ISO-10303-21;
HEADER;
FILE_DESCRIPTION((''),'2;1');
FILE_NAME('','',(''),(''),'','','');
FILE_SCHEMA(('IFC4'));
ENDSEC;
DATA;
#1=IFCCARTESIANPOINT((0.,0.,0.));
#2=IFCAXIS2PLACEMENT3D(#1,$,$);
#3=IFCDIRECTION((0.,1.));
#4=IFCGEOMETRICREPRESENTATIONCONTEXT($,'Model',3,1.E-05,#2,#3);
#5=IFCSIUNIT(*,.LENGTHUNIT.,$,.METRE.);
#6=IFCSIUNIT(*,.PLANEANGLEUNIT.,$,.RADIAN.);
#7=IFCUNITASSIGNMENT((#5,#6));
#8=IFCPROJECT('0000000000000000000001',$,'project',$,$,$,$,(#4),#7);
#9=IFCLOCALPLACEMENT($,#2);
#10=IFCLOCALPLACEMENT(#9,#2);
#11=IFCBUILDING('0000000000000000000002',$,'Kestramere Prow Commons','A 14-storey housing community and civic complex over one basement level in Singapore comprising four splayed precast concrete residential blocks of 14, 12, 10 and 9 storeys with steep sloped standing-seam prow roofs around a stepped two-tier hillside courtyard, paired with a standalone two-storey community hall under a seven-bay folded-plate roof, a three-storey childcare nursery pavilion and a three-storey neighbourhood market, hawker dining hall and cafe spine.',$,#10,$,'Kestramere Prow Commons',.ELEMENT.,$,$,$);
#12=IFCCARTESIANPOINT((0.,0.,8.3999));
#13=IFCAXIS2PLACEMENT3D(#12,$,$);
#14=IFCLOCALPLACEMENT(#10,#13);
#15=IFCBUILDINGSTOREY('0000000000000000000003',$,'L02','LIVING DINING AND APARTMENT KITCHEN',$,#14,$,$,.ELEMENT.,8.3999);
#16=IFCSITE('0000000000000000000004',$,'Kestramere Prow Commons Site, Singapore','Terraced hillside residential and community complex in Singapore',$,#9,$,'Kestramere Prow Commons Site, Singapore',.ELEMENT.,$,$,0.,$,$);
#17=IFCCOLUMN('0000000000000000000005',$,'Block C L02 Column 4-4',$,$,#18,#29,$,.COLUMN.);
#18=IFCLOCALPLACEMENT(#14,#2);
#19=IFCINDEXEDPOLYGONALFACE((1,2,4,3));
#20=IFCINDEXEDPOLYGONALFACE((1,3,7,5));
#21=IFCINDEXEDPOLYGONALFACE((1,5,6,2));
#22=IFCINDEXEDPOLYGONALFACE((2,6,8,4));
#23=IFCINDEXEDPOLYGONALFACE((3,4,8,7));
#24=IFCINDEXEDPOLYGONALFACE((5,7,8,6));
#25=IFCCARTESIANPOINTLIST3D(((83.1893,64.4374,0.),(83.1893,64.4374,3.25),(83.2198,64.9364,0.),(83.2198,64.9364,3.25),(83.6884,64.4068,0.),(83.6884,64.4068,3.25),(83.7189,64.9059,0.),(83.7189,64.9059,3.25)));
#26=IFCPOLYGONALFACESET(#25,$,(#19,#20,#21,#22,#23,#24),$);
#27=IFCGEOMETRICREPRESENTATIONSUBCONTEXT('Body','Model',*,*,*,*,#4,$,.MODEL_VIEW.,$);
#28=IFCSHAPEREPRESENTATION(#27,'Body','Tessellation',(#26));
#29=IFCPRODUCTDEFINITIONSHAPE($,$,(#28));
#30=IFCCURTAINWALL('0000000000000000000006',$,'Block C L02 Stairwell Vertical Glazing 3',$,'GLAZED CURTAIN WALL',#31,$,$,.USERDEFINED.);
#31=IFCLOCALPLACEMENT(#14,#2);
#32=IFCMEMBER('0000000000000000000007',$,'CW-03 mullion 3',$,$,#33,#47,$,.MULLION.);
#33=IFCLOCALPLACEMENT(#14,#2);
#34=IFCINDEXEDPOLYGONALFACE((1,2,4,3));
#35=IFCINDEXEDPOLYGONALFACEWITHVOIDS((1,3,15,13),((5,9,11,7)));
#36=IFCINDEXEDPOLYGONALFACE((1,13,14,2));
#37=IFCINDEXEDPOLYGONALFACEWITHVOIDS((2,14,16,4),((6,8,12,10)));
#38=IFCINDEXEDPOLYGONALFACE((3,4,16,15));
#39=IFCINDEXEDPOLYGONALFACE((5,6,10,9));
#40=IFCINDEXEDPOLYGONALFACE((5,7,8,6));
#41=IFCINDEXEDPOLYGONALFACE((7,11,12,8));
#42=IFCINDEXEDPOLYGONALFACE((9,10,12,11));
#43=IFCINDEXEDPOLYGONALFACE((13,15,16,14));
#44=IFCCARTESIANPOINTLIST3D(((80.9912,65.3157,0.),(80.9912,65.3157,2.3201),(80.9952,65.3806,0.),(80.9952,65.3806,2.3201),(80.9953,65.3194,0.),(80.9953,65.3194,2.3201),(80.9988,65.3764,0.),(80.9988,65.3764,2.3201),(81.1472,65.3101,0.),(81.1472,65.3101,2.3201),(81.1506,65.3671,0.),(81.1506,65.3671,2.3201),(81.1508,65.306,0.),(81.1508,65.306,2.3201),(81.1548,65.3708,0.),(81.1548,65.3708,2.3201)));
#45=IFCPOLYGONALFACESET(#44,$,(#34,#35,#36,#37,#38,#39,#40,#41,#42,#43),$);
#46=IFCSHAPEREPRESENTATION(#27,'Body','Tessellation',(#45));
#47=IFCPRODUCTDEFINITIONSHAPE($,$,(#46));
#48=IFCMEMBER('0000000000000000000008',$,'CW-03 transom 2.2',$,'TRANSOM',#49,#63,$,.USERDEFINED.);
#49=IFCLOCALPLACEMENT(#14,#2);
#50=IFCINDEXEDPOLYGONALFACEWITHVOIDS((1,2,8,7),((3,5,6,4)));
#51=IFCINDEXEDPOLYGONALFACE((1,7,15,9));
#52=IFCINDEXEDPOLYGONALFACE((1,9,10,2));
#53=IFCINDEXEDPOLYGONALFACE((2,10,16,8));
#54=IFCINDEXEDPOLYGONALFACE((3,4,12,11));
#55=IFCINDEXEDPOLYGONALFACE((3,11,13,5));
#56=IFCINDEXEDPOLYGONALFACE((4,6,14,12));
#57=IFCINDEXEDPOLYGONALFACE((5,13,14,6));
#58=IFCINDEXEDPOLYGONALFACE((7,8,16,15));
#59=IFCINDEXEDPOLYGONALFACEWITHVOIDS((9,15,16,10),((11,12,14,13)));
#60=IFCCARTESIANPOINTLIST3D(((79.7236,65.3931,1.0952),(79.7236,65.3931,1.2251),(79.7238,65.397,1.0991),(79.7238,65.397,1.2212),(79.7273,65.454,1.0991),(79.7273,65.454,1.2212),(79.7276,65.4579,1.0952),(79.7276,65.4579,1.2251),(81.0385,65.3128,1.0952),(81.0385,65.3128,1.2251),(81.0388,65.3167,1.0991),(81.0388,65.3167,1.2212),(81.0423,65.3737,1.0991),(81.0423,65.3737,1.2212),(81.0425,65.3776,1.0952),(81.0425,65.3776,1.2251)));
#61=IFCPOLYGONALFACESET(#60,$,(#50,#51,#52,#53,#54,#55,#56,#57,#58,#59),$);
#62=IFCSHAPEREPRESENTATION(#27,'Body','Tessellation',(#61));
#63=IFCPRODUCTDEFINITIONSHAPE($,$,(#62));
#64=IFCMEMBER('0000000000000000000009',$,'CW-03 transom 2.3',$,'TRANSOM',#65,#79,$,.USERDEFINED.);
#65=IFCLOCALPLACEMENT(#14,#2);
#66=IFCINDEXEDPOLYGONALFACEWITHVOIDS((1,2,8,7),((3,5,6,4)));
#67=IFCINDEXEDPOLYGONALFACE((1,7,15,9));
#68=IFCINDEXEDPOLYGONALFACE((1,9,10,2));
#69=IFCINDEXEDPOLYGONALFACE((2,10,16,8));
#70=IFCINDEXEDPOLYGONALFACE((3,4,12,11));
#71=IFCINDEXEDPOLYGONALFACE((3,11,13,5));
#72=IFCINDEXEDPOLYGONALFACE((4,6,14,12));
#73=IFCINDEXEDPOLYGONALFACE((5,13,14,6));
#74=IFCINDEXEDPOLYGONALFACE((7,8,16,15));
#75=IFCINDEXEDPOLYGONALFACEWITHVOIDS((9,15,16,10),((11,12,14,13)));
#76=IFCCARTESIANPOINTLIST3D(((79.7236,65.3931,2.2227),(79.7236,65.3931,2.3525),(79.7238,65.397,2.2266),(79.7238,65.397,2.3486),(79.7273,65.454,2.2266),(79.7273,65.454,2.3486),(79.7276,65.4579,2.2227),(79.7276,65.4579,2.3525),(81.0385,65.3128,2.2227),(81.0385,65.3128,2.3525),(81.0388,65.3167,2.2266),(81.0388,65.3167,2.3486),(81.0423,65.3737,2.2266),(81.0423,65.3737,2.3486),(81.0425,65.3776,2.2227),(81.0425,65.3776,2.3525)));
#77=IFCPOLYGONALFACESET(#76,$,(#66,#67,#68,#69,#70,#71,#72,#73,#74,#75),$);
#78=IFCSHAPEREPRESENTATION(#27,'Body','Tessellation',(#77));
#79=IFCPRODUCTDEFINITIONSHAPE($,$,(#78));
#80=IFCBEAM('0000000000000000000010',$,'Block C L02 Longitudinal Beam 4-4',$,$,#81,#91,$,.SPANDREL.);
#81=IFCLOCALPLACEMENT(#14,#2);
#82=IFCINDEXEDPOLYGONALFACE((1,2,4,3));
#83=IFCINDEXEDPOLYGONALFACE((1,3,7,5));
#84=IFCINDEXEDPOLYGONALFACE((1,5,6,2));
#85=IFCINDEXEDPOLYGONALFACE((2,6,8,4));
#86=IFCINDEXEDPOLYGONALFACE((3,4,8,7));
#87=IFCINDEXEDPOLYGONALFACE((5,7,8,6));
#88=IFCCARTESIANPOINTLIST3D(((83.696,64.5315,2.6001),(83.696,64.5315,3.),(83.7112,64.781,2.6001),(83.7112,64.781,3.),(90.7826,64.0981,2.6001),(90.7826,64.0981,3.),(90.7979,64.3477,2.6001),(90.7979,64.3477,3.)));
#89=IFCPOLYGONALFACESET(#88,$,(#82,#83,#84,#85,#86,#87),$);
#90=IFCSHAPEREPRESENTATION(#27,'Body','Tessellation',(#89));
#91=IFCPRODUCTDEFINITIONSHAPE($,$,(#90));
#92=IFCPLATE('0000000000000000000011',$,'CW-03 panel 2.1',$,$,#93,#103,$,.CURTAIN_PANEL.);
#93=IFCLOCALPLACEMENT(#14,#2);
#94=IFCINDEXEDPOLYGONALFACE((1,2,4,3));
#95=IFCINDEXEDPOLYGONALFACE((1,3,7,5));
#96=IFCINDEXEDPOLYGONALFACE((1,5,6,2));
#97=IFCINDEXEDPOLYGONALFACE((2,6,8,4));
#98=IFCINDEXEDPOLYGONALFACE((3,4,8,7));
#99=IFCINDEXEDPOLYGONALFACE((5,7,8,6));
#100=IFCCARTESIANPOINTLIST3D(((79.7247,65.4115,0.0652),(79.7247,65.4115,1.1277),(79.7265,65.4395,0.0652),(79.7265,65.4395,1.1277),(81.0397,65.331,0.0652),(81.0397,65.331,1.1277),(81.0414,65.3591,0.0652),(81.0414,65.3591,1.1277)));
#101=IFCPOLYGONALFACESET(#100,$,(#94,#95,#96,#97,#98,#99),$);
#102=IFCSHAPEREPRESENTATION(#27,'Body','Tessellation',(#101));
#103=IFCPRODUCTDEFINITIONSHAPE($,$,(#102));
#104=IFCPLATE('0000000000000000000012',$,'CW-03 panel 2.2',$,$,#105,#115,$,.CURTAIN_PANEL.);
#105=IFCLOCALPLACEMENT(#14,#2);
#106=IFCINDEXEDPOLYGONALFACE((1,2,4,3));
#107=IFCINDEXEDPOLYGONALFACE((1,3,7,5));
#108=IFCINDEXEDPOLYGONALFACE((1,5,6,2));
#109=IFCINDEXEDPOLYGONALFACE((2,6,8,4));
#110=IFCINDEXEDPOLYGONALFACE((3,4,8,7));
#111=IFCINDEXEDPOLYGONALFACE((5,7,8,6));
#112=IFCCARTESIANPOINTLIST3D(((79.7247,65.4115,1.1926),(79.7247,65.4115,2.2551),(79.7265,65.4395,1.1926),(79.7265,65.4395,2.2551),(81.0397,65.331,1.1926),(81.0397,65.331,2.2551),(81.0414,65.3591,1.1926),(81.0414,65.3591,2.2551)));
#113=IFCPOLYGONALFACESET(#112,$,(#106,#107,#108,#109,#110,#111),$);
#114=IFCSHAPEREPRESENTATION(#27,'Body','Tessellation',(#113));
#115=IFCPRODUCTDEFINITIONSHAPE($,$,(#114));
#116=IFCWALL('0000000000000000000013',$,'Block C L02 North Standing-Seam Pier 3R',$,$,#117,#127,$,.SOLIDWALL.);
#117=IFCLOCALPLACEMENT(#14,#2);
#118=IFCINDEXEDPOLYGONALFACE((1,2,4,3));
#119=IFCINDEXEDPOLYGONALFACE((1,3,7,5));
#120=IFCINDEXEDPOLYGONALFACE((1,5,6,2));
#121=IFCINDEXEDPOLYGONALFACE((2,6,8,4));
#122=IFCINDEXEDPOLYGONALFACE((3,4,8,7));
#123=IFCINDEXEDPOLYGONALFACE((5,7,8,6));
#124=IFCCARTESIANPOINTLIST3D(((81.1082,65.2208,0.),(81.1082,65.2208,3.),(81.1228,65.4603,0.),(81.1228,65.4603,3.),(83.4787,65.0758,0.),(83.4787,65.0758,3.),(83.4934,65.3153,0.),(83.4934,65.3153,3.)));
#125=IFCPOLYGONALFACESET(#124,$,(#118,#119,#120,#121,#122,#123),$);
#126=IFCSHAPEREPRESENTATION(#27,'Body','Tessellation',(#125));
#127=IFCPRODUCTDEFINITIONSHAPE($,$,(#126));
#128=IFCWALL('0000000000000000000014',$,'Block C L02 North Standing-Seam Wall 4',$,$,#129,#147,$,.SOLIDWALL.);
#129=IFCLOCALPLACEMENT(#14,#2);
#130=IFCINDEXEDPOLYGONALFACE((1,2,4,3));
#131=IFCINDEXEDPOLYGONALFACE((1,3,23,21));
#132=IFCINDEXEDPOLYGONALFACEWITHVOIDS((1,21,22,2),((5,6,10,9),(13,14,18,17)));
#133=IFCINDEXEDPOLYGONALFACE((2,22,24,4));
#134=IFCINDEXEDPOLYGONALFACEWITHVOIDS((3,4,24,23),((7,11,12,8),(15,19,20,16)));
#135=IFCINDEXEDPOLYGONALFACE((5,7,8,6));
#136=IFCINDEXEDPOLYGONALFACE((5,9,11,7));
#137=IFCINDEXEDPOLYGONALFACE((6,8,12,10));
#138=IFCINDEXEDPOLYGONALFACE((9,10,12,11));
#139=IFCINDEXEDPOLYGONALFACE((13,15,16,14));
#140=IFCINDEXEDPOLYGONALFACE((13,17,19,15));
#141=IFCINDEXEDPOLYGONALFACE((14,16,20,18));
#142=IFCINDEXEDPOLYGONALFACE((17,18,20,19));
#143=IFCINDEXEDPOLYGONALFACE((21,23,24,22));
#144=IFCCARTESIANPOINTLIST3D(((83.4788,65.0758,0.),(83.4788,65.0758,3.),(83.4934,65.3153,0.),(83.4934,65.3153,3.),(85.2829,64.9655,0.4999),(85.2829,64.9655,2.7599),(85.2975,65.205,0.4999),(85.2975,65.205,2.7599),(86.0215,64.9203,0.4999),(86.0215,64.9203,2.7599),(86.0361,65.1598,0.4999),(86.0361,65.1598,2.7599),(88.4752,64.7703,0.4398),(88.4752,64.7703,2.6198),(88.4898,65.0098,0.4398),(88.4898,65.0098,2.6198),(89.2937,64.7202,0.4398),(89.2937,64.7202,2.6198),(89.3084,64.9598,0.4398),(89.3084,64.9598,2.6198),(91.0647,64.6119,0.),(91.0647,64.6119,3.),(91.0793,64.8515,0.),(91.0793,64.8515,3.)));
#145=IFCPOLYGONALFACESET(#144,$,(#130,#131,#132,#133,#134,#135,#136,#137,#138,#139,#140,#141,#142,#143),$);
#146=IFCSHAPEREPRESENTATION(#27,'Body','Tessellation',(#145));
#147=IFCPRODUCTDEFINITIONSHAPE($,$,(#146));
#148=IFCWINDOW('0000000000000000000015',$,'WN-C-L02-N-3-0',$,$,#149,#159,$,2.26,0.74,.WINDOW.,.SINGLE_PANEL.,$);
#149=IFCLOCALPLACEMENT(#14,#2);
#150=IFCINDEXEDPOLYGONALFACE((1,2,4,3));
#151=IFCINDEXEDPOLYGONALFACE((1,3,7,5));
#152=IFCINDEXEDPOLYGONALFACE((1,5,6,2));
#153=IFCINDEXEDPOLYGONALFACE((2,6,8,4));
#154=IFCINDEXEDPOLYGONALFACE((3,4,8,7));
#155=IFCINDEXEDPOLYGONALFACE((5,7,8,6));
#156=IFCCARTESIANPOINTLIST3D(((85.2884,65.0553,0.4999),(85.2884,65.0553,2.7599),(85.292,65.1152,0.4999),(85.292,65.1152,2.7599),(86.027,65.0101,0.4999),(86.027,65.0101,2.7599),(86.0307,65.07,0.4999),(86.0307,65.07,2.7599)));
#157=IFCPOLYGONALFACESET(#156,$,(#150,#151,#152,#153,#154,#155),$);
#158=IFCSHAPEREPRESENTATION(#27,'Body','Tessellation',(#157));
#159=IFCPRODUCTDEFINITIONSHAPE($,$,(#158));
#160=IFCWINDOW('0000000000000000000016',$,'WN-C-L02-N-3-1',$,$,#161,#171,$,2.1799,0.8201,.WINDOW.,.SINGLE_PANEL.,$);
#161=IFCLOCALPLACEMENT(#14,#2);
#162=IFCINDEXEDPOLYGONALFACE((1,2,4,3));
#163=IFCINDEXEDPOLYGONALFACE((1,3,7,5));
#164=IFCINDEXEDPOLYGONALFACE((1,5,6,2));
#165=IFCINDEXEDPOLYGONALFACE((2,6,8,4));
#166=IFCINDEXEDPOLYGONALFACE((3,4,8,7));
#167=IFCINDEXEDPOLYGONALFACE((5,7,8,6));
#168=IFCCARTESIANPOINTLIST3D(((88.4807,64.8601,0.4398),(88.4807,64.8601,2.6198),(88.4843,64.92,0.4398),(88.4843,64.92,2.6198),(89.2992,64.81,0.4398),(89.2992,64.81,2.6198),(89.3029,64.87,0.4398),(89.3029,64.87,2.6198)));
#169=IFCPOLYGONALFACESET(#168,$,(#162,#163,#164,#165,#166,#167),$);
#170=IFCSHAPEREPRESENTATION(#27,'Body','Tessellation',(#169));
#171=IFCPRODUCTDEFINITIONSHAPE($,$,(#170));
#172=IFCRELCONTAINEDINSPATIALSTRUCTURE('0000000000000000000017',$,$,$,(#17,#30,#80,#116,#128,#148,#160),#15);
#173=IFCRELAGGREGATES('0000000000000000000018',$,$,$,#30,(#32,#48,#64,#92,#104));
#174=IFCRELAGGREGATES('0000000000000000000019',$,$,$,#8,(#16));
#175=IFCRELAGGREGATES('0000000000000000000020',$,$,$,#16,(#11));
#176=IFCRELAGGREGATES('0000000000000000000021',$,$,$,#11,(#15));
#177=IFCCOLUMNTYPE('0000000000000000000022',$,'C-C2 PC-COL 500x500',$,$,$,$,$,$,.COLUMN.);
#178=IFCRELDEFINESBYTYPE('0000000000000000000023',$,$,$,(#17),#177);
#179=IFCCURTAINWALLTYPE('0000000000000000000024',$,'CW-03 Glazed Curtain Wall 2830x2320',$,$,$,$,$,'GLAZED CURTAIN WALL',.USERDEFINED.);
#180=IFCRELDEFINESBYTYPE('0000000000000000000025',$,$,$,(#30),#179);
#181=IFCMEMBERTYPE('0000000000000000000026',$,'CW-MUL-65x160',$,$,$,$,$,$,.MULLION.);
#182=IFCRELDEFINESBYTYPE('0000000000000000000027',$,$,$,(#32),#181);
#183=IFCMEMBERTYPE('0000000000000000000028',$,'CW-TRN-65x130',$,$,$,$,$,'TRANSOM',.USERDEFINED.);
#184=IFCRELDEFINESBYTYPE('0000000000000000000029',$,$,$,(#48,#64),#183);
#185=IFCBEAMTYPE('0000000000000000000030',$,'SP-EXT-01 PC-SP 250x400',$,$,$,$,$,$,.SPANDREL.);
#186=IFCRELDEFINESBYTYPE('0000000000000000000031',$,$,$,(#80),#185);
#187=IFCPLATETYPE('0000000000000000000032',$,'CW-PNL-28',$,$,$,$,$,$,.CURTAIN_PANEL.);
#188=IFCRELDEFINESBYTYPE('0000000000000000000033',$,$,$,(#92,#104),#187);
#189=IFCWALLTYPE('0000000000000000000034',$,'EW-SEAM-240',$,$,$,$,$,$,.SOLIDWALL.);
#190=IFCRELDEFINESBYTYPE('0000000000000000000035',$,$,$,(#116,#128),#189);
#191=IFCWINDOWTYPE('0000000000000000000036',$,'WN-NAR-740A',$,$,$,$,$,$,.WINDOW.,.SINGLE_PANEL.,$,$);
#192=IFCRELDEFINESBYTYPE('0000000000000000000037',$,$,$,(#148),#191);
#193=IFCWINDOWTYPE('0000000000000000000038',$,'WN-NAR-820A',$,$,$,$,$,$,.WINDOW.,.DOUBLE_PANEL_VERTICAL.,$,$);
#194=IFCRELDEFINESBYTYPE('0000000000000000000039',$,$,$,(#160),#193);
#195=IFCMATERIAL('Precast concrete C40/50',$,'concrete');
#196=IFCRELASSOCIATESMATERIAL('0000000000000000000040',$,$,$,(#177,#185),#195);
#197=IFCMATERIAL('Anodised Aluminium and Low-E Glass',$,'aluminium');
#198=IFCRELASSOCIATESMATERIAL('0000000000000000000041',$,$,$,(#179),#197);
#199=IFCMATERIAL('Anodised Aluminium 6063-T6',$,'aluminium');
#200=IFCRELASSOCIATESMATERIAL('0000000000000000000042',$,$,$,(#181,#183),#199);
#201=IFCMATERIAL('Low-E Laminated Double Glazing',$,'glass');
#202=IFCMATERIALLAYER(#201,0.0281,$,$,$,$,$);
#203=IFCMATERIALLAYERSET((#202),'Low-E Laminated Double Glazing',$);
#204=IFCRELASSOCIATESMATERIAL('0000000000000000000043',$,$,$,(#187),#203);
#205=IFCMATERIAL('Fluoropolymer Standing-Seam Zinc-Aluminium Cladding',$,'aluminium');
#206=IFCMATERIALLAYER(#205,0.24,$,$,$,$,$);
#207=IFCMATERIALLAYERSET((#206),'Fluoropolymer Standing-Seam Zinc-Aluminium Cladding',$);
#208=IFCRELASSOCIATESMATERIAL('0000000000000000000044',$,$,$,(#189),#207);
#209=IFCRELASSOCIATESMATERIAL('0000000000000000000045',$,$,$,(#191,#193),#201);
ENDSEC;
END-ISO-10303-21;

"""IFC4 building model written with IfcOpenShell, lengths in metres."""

from ifc_helpers import new_model, si_unit, direction, frame, frame_2d, origin, origin_2d, place, context, subcontext, project, spatial, rectangle, hollow_rectangle, extrude, material, layer, layer_set, material_profile, profile_set, type_object, element, fill, aggregate, save


model = new_model("IFC4")

# Units and contexts
model_context = context("Model", 3, precision=1e-05, world=origin(), true_north=direction((0.0, 1.0)))
body_context = subcontext(model_context, "Body", "Model", "MODEL_VIEW")
ifc_project = project(units=[si_unit("LENGTHUNIT", "METRE"), si_unit("PLANEANGLEUNIT", "RADIAN")], contexts=[model_context])

# Site, building, storey
site_placement = place(None, origin())
site = spatial("IfcSite", under=ifc_project, at=site_placement, Name="Kestramere Prow Commons Site, Singapore", Description="Terraced hillside residential and community complex in Singapore", LongName="Kestramere Prow Commons Site, Singapore", CompositionType="ELEMENT", RefElevation=0.0)
building_placement = place(site_placement, origin())
building = spatial("IfcBuilding", under=site, at=building_placement, Name="Kestramere Prow Commons", Description="A 14-storey housing community and civic complex over one basement level in Singapore comprising four splayed precast concrete residential blocks of 14, 12, 10 and 9 storeys with steep sloped standing-seam prow roofs around a stepped two-tier hillside courtyard, paired with a standalone two-storey community hall under a seven-bay folded-plate roof, a three-storey childcare nursery pavilion and a three-storey neighbourhood market, hawker dining hall and cafe spine.", LongName="Kestramere Prow Commons", CompositionType="ELEMENT")
storey_placement = place(building_placement, frame((0.0, 0.0, 8.3999)))
storey = spatial("IfcBuildingStorey", under=building, at=storey_placement, Name="L02", Description="LIVING DINING AND APARTMENT KITCHEN", CompositionType="ELEMENT", Elevation=8.3999)

# Column
ifc_material_1 = material(Name="Precast concrete C40/50", Category="concrete")
ifc_material_profile_1 = material_profile(ifc_material_1, rectangle(XDim=0.5, YDim=0.5, at=origin_2d()), Name="PC-COL 500x500")
ifc_profile_set_1 = profile_set([ifc_material_profile_1], Name="Precast concrete C40/50")
column_type = type_object("IfcColumnType", Name="C-C2 PC-COL 500x500", PredefinedType="COLUMN", material=ifc_profile_set_1)
column_placement = place(storey_placement, frame((83.4541, 64.6716, 0.0), z_axis=(0.0, 0.0, 1.0), x_axis=(0.998135, -0.061049, 0.0)))
element("IfcColumn", 1, at=column_placement, inside=storey, type_object=column_type, Name="Block C L02 Column 4-4", PredefinedType="COLUMN", context=body_context, shape_type="SweptSolid", body=[
    extrude(rectangle(XDim=0.5, YDim=0.5, at=origin_2d()), origin(), (0.0, 0.0, 1.0), 3.25),
])

# Curtain wall, members
ifc_material_2 = material(Name="Anodised Aluminium and Low-E Glass", Category="aluminium")
curtain_wall_type = type_object("IfcCurtainWallType", Name="CW-03 Glazed Curtain Wall 2830x2320", ElementType="GLAZED CURTAIN WALL", PredefinedType="USERDEFINED", material=ifc_material_2)
curtain_wall_placement = place(storey_placement, origin())
curtain_wall = element("IfcCurtainWall", 2, at=curtain_wall_placement, inside=storey, type_object=curtain_wall_type, Name="Block C L02 Stairwell Vertical Glazing 3", ObjectType="GLAZED CURTAIN WALL", PredefinedType="USERDEFINED")
ifc_material_3 = material(Name="Anodised Aluminium 6063-T6", Category="aluminium")
ifc_material_profile_2 = material_profile(ifc_material_3, hollow_rectangle(XDim=0.0649, YDim=0.1599, WallThickness=0.0039, at=origin_2d()), Name="ALU-MUL 65x160")
ifc_profile_set_2 = profile_set([ifc_material_profile_2], Name="Anodised Aluminium 6063-T6")
member_type_1 = type_object("IfcMemberType", Name="CW-MUL-65x160", PredefinedType="MULLION", material=ifc_profile_set_2)
member_1_placement = place(storey_placement, frame((81.073, 65.3433, 0.0), z_axis=(0.0, 0.0, 1.0), x_axis=(0.061048, 0.998135, 0.0)))
member_1 = element("IfcMember", 3, at=member_1_placement, type_object=member_type_1, Name="CW-03 mullion 3", PredefinedType="MULLION", context=body_context, shape_type="SweptSolid", body=[
    extrude(hollow_rectangle(XDim=0.0649, YDim=0.1599, WallThickness=0.0039, at=origin_2d()), origin(), (0.0, 0.0, 1.0), 2.3201),
])
ifc_material_profile_3 = material_profile(ifc_material_3, hollow_rectangle(XDim=0.0649, YDim=0.1299, WallThickness=0.0039, at=origin_2d()), Name="ALU-TRN 65x130")
ifc_profile_set_3 = profile_set([ifc_material_profile_3], Name="Anodised Aluminium 6063-T6")
member_type_2 = type_object("IfcMemberType", Name="CW-TRN-65x130", ElementType="TRANSOM", PredefinedType="USERDEFINED", material=ifc_profile_set_3)
member_2_placement = place(storey_placement, frame((79.7256, 65.4255, 1.1602), z_axis=(0.99814, -0.060971, 0.0), x_axis=(0.060971, 0.99814, 0.0)))
member_2 = element("IfcMember", 4, at=member_2_placement, type_object=member_type_2, Name="CW-03 transom 2.2", ObjectType="TRANSOM", PredefinedType="USERDEFINED", context=body_context, shape_type="SweptSolid", body=[
    extrude(hollow_rectangle(XDim=0.0649, YDim=0.1299, WallThickness=0.0039, at=origin_2d()), origin(), (0.0, 0.0, 1.0), 1.3174),
])
member_3_placement = place(storey_placement, frame((79.7256, 65.4255, 2.2876), z_axis=(0.99814, -0.060971, 0.0), x_axis=(0.060971, 0.99814, 0.0)))
member_3 = element("IfcMember", 5, at=member_3_placement, type_object=member_type_2, Name="CW-03 transom 2.3", ObjectType="TRANSOM", PredefinedType="USERDEFINED", context=body_context, shape_type="SweptSolid", body=[
    extrude(hollow_rectangle(XDim=0.0649, YDim=0.1299, WallThickness=0.0039, at=origin_2d()), origin(), (0.0, 0.0, 1.0), 1.3174),
])

# Beam
ifc_material_profile_4 = material_profile(ifc_material_1, rectangle(XDim=0.25, YDim=0.3999, at=origin_2d()), Name="PC-SP 250x400")
ifc_profile_set_4 = profile_set([ifc_material_profile_4], Name="Precast concrete C40/50")
beam_type = type_object("IfcBeamType", Name="SP-EXT-01 PC-SP 250x400", PredefinedType="SPANDREL", material=ifc_profile_set_4)
beam_placement = place(storey_placement, frame((83.7036, 64.6562, 2.8), z_axis=(0.998136, -0.061036, 0.0), x_axis=(0.061036, 0.998136, 0.0)))
element("IfcBeam", 6, at=beam_placement, inside=storey, type_object=beam_type, Name="Block C L02 Longitudinal Beam 4-4", PredefinedType="SPANDREL", context=body_context, shape_type="SweptSolid", body=[
    extrude(rectangle(XDim=0.25, YDim=0.3999, at=origin_2d()), origin(), (0.0, 0.0, 1.0), 7.0999),
])

# Plates
ifc_material_4 = material(Name="Low-E Laminated Double Glazing", Category="glass")
ifc_layer_1 = layer(ifc_material_4, 0.0281)
ifc_layer_set_1 = layer_set([ifc_layer_1], Name="Low-E Laminated Double Glazing")
plate_type = type_object("IfcPlateType", Name="CW-PNL-28", PredefinedType="CURTAIN_PANEL", material=ifc_layer_set_1)
plate_1_placement = place(storey_placement, frame((80.3831, 65.3853, 0.0652), z_axis=(0.0, 0.0, 1.0), x_axis=(0.998135, -0.061048, 0.0)))
plate_1 = element("IfcPlate", 7, at=plate_1_placement, type_object=plate_type, Name="CW-03 panel 2.1", PredefinedType="CURTAIN_PANEL", context=body_context, shape_type="SweptSolid", body=[
    extrude(rectangle(XDim=1.3174, YDim=0.0281, at=origin_2d()), origin(), (0.0, 0.0, 1.0), 1.0625),
])
plate_2_placement = place(storey_placement, frame((80.3831, 65.3853, 1.1926), z_axis=(0.0, 0.0, 1.0), x_axis=(0.998135, -0.061048, 0.0)))
plate_2 = element("IfcPlate", 8, at=plate_2_placement, type_object=plate_type, Name="CW-03 panel 2.2", PredefinedType="CURTAIN_PANEL", context=body_context, shape_type="SweptSolid", body=[
    extrude(rectangle(XDim=1.3174, YDim=0.0281, at=origin_2d()), origin(), (0.0, 0.0, 1.0), 1.0625),
])
aggregate(curtain_wall, [member_1, member_2, member_3, plate_1, plate_2])

# Wall
ifc_material_5 = material(Name="Fluoropolymer Standing-Seam Zinc-Aluminium Cladding", Category="aluminium")
ifc_layer_2 = layer(ifc_material_5, 0.24)
ifc_layer_set_2 = layer_set([ifc_layer_2], Name="Fluoropolymer Standing-Seam Zinc-Aluminium Cladding")
wall_type_1 = type_object("IfcWallType", Name="EW-SEAM-240", PredefinedType="SOLIDWALL", material=ifc_layer_set_2)
wall_1_placement = place(storey_placement, frame((81.1155, 65.3406, 0.0), z_axis=(0.0, 0.0, 1.0), x_axis=(0.998134, -0.06106, 0.0)))
element("IfcWall", 9, at=wall_1_placement, inside=storey, type_object=wall_type_1, Name="Block C L02 North Standing-Seam Pier 3R", PredefinedType="SOLIDWALL", context=body_context, shape_type="SweptSolid", body=[
    extrude(rectangle(XDim=2.375, YDim=0.24, at=frame_2d((1.1875, 0.0))), origin(), (0.0, 0.0, 1.0), 3.0),
])

# Wall, openings, windows
wall_2_placement = place(storey_placement, frame((83.4861, 65.1956, 0.0), z_axis=(0.0, 0.0, 1.0), x_axis=(0.998136, -0.061034, 0.0)))
wall_2 = element("IfcWall", 10, at=wall_2_placement, inside=storey, type_object=wall_type_1, Name="Block C L02 North Standing-Seam Wall 4", PredefinedType="SOLIDWALL", context=body_context, shape_type="SweptSolid", body=[
    extrude(rectangle(XDim=7.6001, YDim=0.24, at=frame_2d((3.8, 0.0))), origin(), (0.0, 0.0, 1.0), 3.0),
])
opening_1_placement = place(wall_2_placement, frame((1.8074, 0.0, 0.5)))
opening_1 = element("IfcOpeningElement", 11, at=opening_1_placement, cuts=wall_2, PredefinedType="OPENING", context=body_context, shape_type="SweptSolid", body=[
    extrude(rectangle(XDim=0.74, YDim=2.26, at=frame_2d((0.3701, 1.1299))), frame((0.0, 0.135, 0.0), z_axis=(0.0, -1.0, 0.0), x_axis=(1.0, 0.0, 0.0)), (0.0, 0.0, 1.0), 0.27),
])
opening_2_placement = place(wall_2_placement, frame((5.0056, 0.0, 0.4399)))
opening_2 = element("IfcOpeningElement", 12, at=opening_2_placement, cuts=wall_2, PredefinedType="OPENING", context=body_context, shape_type="SweptSolid", body=[
    extrude(rectangle(XDim=0.8201, YDim=2.1799, at=frame_2d((0.4102, 1.0898))), frame((0.0, 0.135, 0.0), z_axis=(0.0, -1.0, 0.0), x_axis=(1.0, 0.0, 0.0)), (0.0, 0.0, 1.0), 0.27),
])
window_type_1 = type_object("IfcWindowType", Name="WN-NAR-740A", PartitioningType="SINGLE_PANEL", PredefinedType="WINDOW", material=ifc_material_4)
window_1_placement = place(opening_1_placement, origin())
window_1 = element("IfcWindow", 13, at=window_1_placement, inside=storey, type_object=window_type_1, Name="WN-C-L02-N-3-0", OverallHeight=2.26, OverallWidth=0.74, PartitioningType="SINGLE_PANEL", PredefinedType="WINDOW", context=body_context, shape_type="SweptSolid", body=[
    extrude(rectangle(XDim=0.74, YDim=2.26, at=frame_2d((0.3701, 1.1299))), frame((0.0, 0.03, 0.0), z_axis=(0.0, -1.0, 0.0), x_axis=(1.0, 0.0, 0.0)), (0.0, 0.0, 1.0), 0.0601),
])
fill(opening_1, window_1)
window_type_2 = type_object("IfcWindowType", Name="WN-NAR-820A", PartitioningType="DOUBLE_PANEL_VERTICAL", PredefinedType="WINDOW", material=ifc_material_4)
window_2_placement = place(opening_2_placement, origin())
window_2 = element("IfcWindow", 14, at=window_2_placement, inside=storey, type_object=window_type_2, Name="WN-C-L02-N-3-1", OverallHeight=2.1799, OverallWidth=0.8201, PartitioningType="SINGLE_PANEL", PredefinedType="WINDOW", context=body_context, shape_type="SweptSolid", body=[
    extrude(rectangle(XDim=0.8201, YDim=2.1799, at=frame_2d((0.4102, 1.0898))), frame((0.0, 0.03, 0.0), z_axis=(0.0, -1.0, 0.0), x_axis=(1.0, 0.0, 0.0)), (0.0, 0.0, 1.0), 0.0601),
])
fill(opening_2, window_2)

save(model, "model.ifc")
